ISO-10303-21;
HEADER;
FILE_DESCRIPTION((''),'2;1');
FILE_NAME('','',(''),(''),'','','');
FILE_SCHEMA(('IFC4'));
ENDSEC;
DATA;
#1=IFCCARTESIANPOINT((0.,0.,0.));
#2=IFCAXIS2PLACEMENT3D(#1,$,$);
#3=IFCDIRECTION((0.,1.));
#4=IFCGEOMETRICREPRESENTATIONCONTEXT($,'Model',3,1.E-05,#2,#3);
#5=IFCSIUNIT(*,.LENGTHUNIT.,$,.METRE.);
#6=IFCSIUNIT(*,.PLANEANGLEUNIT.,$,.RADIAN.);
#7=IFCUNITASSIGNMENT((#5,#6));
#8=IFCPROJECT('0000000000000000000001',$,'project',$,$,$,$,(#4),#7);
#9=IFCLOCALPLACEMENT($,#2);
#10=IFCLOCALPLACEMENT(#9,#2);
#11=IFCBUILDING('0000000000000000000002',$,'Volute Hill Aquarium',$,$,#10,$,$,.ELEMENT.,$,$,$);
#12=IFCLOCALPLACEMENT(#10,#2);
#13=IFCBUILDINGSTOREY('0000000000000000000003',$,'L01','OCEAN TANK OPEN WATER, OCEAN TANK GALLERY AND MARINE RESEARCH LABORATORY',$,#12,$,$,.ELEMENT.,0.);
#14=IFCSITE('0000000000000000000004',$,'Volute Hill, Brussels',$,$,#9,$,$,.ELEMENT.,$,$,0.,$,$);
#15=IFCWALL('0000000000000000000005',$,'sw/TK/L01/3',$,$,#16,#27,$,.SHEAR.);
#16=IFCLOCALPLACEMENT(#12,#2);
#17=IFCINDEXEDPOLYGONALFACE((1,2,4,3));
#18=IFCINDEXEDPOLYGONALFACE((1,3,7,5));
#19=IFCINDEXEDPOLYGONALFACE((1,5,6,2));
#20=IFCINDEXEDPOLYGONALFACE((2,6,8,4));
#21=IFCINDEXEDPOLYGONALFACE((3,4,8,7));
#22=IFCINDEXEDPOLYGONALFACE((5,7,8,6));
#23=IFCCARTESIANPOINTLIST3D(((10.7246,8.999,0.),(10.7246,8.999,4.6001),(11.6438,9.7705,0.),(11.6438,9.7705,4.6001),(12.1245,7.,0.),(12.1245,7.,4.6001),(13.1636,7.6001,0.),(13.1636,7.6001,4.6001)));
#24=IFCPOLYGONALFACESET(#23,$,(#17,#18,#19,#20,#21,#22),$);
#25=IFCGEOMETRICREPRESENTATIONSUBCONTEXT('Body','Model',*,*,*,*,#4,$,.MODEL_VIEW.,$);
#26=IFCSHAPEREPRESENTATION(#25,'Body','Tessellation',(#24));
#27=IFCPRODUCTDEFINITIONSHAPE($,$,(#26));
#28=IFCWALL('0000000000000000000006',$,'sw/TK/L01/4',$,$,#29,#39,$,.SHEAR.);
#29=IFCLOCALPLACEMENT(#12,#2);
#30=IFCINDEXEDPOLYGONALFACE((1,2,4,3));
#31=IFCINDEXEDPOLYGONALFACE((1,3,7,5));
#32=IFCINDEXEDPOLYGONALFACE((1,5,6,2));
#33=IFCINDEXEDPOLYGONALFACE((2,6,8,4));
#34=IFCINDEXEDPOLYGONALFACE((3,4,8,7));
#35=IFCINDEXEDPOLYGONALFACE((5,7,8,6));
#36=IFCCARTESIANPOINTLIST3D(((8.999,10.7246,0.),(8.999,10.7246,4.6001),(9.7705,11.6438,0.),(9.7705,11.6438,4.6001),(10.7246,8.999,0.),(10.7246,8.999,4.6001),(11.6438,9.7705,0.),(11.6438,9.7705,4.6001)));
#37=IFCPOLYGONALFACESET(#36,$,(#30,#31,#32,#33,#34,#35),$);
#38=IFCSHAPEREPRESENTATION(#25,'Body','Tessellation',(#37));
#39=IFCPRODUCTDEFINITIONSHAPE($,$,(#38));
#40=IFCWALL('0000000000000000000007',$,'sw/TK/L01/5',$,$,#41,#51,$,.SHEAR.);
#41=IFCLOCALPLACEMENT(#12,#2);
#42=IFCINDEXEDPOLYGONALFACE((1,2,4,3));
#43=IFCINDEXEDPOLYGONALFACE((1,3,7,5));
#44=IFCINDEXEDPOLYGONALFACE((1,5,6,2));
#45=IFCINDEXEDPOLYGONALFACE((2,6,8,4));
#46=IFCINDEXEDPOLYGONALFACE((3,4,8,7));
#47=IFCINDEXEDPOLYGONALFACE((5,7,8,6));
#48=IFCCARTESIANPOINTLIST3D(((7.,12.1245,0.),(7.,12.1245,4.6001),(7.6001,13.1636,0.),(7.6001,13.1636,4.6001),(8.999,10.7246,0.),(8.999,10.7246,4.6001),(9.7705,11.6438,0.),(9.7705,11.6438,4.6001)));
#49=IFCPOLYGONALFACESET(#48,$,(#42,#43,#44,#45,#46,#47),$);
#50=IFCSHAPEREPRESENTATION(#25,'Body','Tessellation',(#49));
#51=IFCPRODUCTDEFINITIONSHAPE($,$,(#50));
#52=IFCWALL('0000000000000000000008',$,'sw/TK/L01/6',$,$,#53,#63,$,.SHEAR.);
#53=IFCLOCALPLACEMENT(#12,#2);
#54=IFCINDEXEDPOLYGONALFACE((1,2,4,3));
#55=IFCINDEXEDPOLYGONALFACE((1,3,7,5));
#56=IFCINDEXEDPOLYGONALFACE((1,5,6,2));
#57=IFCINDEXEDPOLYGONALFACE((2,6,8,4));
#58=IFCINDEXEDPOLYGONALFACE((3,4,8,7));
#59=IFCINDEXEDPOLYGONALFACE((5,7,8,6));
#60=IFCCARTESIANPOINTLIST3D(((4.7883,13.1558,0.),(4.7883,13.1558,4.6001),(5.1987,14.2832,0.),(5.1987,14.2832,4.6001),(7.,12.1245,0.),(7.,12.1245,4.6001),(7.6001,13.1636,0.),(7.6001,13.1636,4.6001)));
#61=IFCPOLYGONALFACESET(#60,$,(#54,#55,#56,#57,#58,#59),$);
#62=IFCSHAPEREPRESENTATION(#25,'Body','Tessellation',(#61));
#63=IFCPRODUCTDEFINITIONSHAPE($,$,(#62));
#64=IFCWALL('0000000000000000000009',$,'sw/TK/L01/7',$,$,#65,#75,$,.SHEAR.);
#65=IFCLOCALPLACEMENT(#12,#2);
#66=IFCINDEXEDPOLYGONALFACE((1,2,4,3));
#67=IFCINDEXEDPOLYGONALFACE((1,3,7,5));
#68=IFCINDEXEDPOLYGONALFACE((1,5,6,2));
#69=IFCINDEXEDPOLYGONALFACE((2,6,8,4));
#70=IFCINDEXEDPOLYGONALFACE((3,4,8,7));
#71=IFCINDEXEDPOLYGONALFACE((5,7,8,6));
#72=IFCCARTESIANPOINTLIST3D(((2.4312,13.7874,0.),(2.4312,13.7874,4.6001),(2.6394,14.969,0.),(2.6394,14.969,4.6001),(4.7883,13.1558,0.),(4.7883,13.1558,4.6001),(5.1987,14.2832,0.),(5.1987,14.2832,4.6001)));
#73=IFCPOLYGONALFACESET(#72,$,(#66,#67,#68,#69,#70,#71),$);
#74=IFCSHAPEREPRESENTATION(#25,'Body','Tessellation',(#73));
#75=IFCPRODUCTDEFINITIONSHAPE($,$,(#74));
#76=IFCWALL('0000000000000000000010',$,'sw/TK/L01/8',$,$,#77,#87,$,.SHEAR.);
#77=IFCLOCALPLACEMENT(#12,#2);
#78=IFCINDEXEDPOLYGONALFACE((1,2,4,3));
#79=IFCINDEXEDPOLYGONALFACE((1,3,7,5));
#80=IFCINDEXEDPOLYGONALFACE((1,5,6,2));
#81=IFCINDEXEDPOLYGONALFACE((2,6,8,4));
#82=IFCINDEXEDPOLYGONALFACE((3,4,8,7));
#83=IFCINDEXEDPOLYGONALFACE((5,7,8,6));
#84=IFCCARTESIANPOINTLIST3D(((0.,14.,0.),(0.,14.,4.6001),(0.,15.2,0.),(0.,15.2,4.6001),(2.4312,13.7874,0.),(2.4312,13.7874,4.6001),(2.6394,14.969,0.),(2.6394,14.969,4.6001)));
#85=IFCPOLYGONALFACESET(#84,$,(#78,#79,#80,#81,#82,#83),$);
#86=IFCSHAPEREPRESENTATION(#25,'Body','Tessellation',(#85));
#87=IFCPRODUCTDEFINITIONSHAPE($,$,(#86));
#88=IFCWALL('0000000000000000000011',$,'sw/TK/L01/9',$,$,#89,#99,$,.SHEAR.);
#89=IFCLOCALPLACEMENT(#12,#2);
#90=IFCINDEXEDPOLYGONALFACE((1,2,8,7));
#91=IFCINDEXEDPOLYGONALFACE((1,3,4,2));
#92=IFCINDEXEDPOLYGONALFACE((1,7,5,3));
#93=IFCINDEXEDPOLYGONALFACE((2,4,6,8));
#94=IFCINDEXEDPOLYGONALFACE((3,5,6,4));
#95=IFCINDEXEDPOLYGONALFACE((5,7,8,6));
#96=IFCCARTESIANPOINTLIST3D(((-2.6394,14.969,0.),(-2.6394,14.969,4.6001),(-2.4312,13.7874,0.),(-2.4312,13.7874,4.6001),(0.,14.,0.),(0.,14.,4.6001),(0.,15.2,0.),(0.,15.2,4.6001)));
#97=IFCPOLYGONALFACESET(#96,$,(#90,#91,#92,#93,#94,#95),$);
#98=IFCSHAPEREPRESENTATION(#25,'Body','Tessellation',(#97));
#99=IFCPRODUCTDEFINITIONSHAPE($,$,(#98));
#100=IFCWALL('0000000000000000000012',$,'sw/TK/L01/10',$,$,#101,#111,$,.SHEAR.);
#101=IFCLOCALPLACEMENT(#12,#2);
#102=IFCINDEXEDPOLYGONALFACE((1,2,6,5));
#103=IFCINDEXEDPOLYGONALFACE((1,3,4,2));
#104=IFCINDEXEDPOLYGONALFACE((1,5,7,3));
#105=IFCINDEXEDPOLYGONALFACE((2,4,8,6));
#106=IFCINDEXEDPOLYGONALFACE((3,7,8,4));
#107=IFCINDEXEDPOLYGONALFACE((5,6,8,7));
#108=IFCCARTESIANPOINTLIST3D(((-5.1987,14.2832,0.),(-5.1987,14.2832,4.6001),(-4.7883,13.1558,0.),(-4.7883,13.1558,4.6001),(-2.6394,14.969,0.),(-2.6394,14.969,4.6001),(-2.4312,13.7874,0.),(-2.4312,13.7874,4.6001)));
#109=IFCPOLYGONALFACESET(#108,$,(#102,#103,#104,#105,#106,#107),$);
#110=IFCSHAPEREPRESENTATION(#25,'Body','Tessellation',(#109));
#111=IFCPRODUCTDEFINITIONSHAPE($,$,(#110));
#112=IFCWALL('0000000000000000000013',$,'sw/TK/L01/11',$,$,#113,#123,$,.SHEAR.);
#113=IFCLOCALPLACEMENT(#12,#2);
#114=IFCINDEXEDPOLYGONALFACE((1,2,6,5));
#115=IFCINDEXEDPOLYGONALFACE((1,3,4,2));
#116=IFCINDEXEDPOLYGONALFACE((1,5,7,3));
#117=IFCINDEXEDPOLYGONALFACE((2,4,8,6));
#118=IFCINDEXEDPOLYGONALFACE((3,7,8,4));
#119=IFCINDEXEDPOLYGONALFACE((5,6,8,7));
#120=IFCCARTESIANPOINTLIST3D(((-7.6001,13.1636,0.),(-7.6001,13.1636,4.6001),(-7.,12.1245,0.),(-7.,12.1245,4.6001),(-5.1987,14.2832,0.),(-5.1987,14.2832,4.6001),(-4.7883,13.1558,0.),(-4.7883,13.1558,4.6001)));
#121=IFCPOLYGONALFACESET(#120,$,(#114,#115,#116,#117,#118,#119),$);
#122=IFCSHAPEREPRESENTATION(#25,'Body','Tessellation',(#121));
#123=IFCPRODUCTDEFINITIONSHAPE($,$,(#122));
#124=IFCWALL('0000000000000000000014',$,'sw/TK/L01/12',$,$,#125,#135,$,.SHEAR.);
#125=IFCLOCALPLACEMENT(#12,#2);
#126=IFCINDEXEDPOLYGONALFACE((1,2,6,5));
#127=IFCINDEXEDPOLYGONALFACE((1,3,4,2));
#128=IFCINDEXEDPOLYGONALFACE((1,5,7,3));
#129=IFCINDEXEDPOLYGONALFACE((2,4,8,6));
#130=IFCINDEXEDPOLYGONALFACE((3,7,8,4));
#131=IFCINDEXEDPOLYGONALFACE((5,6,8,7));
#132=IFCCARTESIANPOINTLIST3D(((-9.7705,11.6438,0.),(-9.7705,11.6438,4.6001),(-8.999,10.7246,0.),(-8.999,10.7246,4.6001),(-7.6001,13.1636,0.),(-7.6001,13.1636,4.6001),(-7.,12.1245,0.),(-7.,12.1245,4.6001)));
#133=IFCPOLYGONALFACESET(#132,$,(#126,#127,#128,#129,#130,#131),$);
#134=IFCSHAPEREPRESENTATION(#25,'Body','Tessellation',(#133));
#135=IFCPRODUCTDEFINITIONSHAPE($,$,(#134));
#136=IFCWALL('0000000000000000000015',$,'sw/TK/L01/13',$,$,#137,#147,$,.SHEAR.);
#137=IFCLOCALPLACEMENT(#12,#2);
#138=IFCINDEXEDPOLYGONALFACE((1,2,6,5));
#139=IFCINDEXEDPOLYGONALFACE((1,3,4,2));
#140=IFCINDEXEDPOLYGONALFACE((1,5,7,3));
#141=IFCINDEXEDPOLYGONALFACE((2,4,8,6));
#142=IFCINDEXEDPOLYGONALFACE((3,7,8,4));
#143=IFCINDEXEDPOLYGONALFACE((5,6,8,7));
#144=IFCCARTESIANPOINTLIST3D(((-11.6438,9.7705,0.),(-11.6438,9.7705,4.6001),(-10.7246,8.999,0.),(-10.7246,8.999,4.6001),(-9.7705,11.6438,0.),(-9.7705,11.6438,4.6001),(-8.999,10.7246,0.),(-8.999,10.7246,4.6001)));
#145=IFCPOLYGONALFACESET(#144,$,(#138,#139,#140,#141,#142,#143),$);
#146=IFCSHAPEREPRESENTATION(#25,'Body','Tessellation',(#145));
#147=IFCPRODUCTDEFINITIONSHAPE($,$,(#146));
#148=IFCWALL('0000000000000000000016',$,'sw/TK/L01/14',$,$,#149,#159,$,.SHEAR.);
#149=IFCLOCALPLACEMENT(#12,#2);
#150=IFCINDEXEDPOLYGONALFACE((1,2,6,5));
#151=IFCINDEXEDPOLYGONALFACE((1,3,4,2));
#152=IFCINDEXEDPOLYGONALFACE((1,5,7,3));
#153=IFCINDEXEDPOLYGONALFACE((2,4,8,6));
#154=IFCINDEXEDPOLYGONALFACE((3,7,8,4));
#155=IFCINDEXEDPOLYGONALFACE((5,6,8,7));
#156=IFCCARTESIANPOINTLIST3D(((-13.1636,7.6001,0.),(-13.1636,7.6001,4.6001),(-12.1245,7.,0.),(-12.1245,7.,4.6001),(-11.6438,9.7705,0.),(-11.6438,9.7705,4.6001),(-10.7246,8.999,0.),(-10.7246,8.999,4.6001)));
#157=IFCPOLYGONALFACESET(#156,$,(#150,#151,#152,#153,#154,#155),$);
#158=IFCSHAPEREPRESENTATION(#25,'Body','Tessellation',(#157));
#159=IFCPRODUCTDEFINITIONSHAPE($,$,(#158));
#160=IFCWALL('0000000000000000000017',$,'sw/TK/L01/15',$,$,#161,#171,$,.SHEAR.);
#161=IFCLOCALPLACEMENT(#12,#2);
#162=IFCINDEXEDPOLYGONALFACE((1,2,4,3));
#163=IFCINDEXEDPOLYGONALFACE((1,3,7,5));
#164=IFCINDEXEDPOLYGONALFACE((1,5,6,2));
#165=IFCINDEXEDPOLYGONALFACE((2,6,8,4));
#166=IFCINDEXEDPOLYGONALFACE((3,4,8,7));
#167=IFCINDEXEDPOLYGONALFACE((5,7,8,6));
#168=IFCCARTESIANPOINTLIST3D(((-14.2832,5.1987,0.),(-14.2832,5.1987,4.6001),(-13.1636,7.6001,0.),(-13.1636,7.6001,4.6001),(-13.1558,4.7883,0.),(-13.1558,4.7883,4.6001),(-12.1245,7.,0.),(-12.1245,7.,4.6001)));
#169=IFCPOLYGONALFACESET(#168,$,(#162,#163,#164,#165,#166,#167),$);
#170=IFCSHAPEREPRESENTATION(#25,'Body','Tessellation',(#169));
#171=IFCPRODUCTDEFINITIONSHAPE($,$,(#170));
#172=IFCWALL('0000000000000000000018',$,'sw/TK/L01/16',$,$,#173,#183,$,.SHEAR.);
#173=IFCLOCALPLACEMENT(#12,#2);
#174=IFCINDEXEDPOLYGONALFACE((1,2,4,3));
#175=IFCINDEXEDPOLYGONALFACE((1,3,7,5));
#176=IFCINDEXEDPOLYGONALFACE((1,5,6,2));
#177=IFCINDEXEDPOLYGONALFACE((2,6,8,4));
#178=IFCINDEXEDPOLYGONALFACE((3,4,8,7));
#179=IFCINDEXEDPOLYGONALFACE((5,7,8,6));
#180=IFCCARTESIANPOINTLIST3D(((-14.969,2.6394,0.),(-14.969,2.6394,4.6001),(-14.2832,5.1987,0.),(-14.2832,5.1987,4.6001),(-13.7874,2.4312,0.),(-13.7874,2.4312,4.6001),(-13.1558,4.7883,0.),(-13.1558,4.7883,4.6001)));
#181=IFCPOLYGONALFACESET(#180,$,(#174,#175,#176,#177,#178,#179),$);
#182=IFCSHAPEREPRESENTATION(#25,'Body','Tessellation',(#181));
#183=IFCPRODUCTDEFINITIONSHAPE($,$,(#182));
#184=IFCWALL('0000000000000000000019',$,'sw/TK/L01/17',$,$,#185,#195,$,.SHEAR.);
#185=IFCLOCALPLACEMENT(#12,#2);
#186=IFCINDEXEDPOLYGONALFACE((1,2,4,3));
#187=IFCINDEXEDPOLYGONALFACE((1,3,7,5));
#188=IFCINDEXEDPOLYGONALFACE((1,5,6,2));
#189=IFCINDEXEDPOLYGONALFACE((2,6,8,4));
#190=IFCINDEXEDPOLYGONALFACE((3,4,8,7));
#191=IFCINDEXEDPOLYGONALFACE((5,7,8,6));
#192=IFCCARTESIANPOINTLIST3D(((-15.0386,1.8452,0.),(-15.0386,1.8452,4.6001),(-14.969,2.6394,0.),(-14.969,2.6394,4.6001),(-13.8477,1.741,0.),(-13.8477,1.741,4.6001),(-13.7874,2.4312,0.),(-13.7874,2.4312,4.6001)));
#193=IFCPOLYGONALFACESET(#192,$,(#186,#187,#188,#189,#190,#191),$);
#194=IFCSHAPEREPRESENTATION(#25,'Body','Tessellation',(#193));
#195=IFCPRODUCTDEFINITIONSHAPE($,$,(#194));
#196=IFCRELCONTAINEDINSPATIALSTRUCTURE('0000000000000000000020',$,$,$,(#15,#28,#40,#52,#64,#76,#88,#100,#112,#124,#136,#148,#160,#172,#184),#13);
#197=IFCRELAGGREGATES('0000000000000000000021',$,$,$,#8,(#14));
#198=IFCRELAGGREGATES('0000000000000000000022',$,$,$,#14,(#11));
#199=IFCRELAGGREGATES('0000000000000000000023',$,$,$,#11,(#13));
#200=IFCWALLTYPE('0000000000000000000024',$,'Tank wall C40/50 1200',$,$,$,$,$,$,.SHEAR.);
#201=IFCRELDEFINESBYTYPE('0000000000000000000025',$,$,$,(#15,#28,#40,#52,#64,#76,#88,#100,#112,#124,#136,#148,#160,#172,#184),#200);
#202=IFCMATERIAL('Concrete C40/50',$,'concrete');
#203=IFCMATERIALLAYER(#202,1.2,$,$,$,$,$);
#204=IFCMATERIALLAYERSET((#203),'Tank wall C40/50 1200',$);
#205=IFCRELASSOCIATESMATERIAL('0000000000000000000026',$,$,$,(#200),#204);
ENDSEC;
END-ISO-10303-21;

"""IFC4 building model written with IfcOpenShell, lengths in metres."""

from ifc_helpers import new_model, si_unit, direction, origin, place, context, subcontext, project, spatial, polyline, outline, extrude, material, layer, layer_set, type_object, element, save


model = new_model("IFC4")

# Units and contexts
model_context = context("Model", 3, precision=1e-05, world=origin(), true_north=direction((0.0, 1.0)))
body_context = subcontext(model_context, "Body", "Model", "MODEL_VIEW")
ifc_project = project(units=[si_unit("LENGTHUNIT", "METRE"), si_unit("PLANEANGLEUNIT", "RADIAN")], contexts=[model_context])

# Site, building, storey
site_placement = place(None, origin())
site = spatial("IfcSite", under=ifc_project, at=site_placement, Name="Volute Hill, Brussels", CompositionType="ELEMENT", RefElevation=0.0)
building_placement = place(site_placement, origin())
building = spatial("IfcBuilding", under=site, at=building_placement, Name="Volute Hill Aquarium", CompositionType="ELEMENT")
storey_placement = place(building_placement, origin())
storey = spatial("IfcBuildingStorey", under=building, at=storey_placement, Name="L01", Description="OCEAN TANK OPEN WATER, OCEAN TANK GALLERY AND MARINE RESEARCH LABORATORY", CompositionType="ELEMENT", Elevation=0.0)

# Walls
ifc_material = material(Name="Concrete C40/50", Category="concrete")
ifc_layer = layer(ifc_material, 1.2)
ifc_layer_set = layer_set([ifc_layer], Name="Tank wall C40/50 1200")
wall_type = type_object("IfcWallType", Name="Tank wall C40/50 1200", PredefinedType="SHEAR", material=ifc_layer_set)
wall_1_placement = place(storey_placement, origin())
element("IfcWall", 1, at=wall_1_placement, inside=storey, type_object=wall_type, Name="sw/TK/L01/3", PredefinedType="SHEAR", context=body_context, shape_type="SweptSolid", body=[
    extrude(outline(polyline([(12.1245, 7.0), (13.1636, 7.6001), (11.6438, 9.7705), (10.7246, 8.999), (12.1245, 7.0)])), origin(), (0.0, 0.0, 1.0), 4.6001),
])
wall_2_placement = place(storey_placement, origin())
element("IfcWall", 2, at=wall_2_placement, inside=storey, type_object=wall_type, Name="sw/TK/L01/4", PredefinedType="SHEAR", context=body_context, shape_type="SweptSolid", body=[
    extrude(outline(polyline([(10.7246, 8.999), (11.6438, 9.7705), (9.7705, 11.6438), (8.999, 10.7246), (10.7246, 8.999)])), origin(), (0.0, 0.0, 1.0), 4.6001),
])
wall_3_placement = place(storey_placement, origin())
element("IfcWall", 3, at=wall_3_placement, inside=storey, type_object=wall_type, Name="sw/TK/L01/5", PredefinedType="SHEAR", context=body_context, shape_type="SweptSolid", body=[
    extrude(outline(polyline([(8.999, 10.7246), (9.7705, 11.6438), (7.6001, 13.1636), (7.0, 12.1245), (8.999, 10.7246)])), origin(), (0.0, 0.0, 1.0), 4.6001),
])
wall_4_placement = place(storey_placement, origin())
element("IfcWall", 4, at=wall_4_placement, inside=storey, type_object=wall_type, Name="sw/TK/L01/6", PredefinedType="SHEAR", context=body_context, shape_type="SweptSolid", body=[
    extrude(outline(polyline([(7.0, 12.1245), (7.6001, 13.1636), (5.1987, 14.2832), (4.7883, 13.1558), (7.0, 12.1245)])), origin(), (0.0, 0.0, 1.0), 4.6001),
])
wall_5_placement = place(storey_placement, origin())
element("IfcWall", 5, at=wall_5_placement, inside=storey, type_object=wall_type, Name="sw/TK/L01/7", PredefinedType="SHEAR", context=body_context, shape_type="SweptSolid", body=[
    extrude(outline(polyline([(4.7883, 13.1558), (5.1987, 14.2832), (2.6394, 14.969), (2.4312, 13.7874), (4.7883, 13.1558)])), origin(), (0.0, 0.0, 1.0), 4.6001),
])
wall_6_placement = place(storey_placement, origin())
element("IfcWall", 6, at=wall_6_placement, inside=storey, type_object=wall_type, Name="sw/TK/L01/8", PredefinedType="SHEAR", context=body_context, shape_type="SweptSolid", body=[
    extrude(outline(polyline([(2.4312, 13.7874), (2.6394, 14.969), (0.0, 15.2), (0.0, 14.0), (2.4312, 13.7874)])), origin(), (0.0, 0.0, 1.0), 4.6001),
])
wall_7_placement = place(storey_placement, origin())
element("IfcWall", 7, at=wall_7_placement, inside=storey, type_object=wall_type, Name="sw/TK/L01/9", PredefinedType="SHEAR", context=body_context, shape_type="SweptSolid", body=[
    extrude(outline(polyline([(0.0, 14.0), (0.0, 15.2), (-2.6394, 14.969), (-2.4312, 13.7874), (0.0, 14.0)])), origin(), (0.0, 0.0, 1.0), 4.6001),
])
wall_8_placement = place(storey_placement, origin())
element("IfcWall", 8, at=wall_8_placement, inside=storey, type_object=wall_type, Name="sw/TK/L01/10", PredefinedType="SHEAR", context=body_context, shape_type="SweptSolid", body=[
    extrude(outline(polyline([(-2.4312, 13.7874), (-2.6394, 14.969), (-5.1987, 14.2832), (-4.7883, 13.1558), (-2.4312, 13.7874)])), origin(), (0.0, 0.0, 1.0), 4.6001),
])
wall_9_placement = place(storey_placement, origin())
element("IfcWall", 9, at=wall_9_placement, inside=storey, type_object=wall_type, Name="sw/TK/L01/11", PredefinedType="SHEAR", context=body_context, shape_type="SweptSolid", body=[
    extrude(outline(polyline([(-4.7883, 13.1558), (-5.1987, 14.2832), (-7.6001, 13.1636), (-7.0, 12.1245), (-4.7883, 13.1558)])), origin(), (0.0, 0.0, 1.0), 4.6001),
])
wall_10_placement = place(storey_placement, origin())
element("IfcWall", 10, at=wall_10_placement, inside=storey, type_object=wall_type, Name="sw/TK/L01/12", PredefinedType="SHEAR", context=body_context, shape_type="SweptSolid", body=[
    extrude(outline(polyline([(-7.0, 12.1245), (-7.6001, 13.1636), (-9.7705, 11.6438), (-8.999, 10.7246), (-7.0, 12.1245)])), origin(), (0.0, 0.0, 1.0), 4.6001),
])
wall_11_placement = place(storey_placement, origin())
element("IfcWall", 11, at=wall_11_placement, inside=storey, type_object=wall_type, Name="sw/TK/L01/13", PredefinedType="SHEAR", context=body_context, shape_type="SweptSolid", body=[
    extrude(outline(polyline([(-8.999, 10.7246), (-9.7705, 11.6438), (-11.6438, 9.7705), (-10.7246, 8.999), (-8.999, 10.7246)])), origin(), (0.0, 0.0, 1.0), 4.6001),
])
wall_12_placement = place(storey_placement, origin())
element("IfcWall", 12, at=wall_12_placement, inside=storey, type_object=wall_type, Name="sw/TK/L01/14", PredefinedType="SHEAR", context=body_context, shape_type="SweptSolid", body=[
    extrude(outline(polyline([(-10.7246, 8.999), (-11.6438, 9.7705), (-13.1636, 7.6001), (-12.1245, 7.0), (-10.7246, 8.999)])), origin(), (0.0, 0.0, 1.0), 4.6001),
])
wall_13_placement = place(storey_placement, origin())
element("IfcWall", 13, at=wall_13_placement, inside=storey, type_object=wall_type, Name="sw/TK/L01/15", PredefinedType="SHEAR", context=body_context, shape_type="SweptSolid", body=[
    extrude(outline(polyline([(-12.1245, 7.0), (-13.1636, 7.6001), (-14.2832, 5.1987), (-13.1558, 4.7883), (-12.1245, 7.0)])), origin(), (0.0, 0.0, 1.0), 4.6001),
])
wall_14_placement = place(storey_placement, origin())
element("IfcWall", 14, at=wall_14_placement, inside=storey, type_object=wall_type, Name="sw/TK/L01/16", PredefinedType="SHEAR", context=body_context, shape_type="SweptSolid", body=[
    extrude(outline(polyline([(-13.1558, 4.7883), (-14.2832, 5.1987), (-14.969, 2.6394), (-13.7874, 2.4312), (-13.1558, 4.7883)])), origin(), (0.0, 0.0, 1.0), 4.6001),
])
wall_15_placement = place(storey_placement, origin())
element("IfcWall", 15, at=wall_15_placement, inside=storey, type_object=wall_type, Name="sw/TK/L01/17", PredefinedType="SHEAR", context=body_context, shape_type="SweptSolid", body=[
    extrude(outline(polyline([(-14.969, 2.6394), (-15.0386, 1.8452), (-13.8477, 1.741), (-13.7874, 2.4312), (-14.969, 2.6394)])), origin(), (0.0, 0.0, 1.0), 4.6001),
])

save(model, "model.ifc")
